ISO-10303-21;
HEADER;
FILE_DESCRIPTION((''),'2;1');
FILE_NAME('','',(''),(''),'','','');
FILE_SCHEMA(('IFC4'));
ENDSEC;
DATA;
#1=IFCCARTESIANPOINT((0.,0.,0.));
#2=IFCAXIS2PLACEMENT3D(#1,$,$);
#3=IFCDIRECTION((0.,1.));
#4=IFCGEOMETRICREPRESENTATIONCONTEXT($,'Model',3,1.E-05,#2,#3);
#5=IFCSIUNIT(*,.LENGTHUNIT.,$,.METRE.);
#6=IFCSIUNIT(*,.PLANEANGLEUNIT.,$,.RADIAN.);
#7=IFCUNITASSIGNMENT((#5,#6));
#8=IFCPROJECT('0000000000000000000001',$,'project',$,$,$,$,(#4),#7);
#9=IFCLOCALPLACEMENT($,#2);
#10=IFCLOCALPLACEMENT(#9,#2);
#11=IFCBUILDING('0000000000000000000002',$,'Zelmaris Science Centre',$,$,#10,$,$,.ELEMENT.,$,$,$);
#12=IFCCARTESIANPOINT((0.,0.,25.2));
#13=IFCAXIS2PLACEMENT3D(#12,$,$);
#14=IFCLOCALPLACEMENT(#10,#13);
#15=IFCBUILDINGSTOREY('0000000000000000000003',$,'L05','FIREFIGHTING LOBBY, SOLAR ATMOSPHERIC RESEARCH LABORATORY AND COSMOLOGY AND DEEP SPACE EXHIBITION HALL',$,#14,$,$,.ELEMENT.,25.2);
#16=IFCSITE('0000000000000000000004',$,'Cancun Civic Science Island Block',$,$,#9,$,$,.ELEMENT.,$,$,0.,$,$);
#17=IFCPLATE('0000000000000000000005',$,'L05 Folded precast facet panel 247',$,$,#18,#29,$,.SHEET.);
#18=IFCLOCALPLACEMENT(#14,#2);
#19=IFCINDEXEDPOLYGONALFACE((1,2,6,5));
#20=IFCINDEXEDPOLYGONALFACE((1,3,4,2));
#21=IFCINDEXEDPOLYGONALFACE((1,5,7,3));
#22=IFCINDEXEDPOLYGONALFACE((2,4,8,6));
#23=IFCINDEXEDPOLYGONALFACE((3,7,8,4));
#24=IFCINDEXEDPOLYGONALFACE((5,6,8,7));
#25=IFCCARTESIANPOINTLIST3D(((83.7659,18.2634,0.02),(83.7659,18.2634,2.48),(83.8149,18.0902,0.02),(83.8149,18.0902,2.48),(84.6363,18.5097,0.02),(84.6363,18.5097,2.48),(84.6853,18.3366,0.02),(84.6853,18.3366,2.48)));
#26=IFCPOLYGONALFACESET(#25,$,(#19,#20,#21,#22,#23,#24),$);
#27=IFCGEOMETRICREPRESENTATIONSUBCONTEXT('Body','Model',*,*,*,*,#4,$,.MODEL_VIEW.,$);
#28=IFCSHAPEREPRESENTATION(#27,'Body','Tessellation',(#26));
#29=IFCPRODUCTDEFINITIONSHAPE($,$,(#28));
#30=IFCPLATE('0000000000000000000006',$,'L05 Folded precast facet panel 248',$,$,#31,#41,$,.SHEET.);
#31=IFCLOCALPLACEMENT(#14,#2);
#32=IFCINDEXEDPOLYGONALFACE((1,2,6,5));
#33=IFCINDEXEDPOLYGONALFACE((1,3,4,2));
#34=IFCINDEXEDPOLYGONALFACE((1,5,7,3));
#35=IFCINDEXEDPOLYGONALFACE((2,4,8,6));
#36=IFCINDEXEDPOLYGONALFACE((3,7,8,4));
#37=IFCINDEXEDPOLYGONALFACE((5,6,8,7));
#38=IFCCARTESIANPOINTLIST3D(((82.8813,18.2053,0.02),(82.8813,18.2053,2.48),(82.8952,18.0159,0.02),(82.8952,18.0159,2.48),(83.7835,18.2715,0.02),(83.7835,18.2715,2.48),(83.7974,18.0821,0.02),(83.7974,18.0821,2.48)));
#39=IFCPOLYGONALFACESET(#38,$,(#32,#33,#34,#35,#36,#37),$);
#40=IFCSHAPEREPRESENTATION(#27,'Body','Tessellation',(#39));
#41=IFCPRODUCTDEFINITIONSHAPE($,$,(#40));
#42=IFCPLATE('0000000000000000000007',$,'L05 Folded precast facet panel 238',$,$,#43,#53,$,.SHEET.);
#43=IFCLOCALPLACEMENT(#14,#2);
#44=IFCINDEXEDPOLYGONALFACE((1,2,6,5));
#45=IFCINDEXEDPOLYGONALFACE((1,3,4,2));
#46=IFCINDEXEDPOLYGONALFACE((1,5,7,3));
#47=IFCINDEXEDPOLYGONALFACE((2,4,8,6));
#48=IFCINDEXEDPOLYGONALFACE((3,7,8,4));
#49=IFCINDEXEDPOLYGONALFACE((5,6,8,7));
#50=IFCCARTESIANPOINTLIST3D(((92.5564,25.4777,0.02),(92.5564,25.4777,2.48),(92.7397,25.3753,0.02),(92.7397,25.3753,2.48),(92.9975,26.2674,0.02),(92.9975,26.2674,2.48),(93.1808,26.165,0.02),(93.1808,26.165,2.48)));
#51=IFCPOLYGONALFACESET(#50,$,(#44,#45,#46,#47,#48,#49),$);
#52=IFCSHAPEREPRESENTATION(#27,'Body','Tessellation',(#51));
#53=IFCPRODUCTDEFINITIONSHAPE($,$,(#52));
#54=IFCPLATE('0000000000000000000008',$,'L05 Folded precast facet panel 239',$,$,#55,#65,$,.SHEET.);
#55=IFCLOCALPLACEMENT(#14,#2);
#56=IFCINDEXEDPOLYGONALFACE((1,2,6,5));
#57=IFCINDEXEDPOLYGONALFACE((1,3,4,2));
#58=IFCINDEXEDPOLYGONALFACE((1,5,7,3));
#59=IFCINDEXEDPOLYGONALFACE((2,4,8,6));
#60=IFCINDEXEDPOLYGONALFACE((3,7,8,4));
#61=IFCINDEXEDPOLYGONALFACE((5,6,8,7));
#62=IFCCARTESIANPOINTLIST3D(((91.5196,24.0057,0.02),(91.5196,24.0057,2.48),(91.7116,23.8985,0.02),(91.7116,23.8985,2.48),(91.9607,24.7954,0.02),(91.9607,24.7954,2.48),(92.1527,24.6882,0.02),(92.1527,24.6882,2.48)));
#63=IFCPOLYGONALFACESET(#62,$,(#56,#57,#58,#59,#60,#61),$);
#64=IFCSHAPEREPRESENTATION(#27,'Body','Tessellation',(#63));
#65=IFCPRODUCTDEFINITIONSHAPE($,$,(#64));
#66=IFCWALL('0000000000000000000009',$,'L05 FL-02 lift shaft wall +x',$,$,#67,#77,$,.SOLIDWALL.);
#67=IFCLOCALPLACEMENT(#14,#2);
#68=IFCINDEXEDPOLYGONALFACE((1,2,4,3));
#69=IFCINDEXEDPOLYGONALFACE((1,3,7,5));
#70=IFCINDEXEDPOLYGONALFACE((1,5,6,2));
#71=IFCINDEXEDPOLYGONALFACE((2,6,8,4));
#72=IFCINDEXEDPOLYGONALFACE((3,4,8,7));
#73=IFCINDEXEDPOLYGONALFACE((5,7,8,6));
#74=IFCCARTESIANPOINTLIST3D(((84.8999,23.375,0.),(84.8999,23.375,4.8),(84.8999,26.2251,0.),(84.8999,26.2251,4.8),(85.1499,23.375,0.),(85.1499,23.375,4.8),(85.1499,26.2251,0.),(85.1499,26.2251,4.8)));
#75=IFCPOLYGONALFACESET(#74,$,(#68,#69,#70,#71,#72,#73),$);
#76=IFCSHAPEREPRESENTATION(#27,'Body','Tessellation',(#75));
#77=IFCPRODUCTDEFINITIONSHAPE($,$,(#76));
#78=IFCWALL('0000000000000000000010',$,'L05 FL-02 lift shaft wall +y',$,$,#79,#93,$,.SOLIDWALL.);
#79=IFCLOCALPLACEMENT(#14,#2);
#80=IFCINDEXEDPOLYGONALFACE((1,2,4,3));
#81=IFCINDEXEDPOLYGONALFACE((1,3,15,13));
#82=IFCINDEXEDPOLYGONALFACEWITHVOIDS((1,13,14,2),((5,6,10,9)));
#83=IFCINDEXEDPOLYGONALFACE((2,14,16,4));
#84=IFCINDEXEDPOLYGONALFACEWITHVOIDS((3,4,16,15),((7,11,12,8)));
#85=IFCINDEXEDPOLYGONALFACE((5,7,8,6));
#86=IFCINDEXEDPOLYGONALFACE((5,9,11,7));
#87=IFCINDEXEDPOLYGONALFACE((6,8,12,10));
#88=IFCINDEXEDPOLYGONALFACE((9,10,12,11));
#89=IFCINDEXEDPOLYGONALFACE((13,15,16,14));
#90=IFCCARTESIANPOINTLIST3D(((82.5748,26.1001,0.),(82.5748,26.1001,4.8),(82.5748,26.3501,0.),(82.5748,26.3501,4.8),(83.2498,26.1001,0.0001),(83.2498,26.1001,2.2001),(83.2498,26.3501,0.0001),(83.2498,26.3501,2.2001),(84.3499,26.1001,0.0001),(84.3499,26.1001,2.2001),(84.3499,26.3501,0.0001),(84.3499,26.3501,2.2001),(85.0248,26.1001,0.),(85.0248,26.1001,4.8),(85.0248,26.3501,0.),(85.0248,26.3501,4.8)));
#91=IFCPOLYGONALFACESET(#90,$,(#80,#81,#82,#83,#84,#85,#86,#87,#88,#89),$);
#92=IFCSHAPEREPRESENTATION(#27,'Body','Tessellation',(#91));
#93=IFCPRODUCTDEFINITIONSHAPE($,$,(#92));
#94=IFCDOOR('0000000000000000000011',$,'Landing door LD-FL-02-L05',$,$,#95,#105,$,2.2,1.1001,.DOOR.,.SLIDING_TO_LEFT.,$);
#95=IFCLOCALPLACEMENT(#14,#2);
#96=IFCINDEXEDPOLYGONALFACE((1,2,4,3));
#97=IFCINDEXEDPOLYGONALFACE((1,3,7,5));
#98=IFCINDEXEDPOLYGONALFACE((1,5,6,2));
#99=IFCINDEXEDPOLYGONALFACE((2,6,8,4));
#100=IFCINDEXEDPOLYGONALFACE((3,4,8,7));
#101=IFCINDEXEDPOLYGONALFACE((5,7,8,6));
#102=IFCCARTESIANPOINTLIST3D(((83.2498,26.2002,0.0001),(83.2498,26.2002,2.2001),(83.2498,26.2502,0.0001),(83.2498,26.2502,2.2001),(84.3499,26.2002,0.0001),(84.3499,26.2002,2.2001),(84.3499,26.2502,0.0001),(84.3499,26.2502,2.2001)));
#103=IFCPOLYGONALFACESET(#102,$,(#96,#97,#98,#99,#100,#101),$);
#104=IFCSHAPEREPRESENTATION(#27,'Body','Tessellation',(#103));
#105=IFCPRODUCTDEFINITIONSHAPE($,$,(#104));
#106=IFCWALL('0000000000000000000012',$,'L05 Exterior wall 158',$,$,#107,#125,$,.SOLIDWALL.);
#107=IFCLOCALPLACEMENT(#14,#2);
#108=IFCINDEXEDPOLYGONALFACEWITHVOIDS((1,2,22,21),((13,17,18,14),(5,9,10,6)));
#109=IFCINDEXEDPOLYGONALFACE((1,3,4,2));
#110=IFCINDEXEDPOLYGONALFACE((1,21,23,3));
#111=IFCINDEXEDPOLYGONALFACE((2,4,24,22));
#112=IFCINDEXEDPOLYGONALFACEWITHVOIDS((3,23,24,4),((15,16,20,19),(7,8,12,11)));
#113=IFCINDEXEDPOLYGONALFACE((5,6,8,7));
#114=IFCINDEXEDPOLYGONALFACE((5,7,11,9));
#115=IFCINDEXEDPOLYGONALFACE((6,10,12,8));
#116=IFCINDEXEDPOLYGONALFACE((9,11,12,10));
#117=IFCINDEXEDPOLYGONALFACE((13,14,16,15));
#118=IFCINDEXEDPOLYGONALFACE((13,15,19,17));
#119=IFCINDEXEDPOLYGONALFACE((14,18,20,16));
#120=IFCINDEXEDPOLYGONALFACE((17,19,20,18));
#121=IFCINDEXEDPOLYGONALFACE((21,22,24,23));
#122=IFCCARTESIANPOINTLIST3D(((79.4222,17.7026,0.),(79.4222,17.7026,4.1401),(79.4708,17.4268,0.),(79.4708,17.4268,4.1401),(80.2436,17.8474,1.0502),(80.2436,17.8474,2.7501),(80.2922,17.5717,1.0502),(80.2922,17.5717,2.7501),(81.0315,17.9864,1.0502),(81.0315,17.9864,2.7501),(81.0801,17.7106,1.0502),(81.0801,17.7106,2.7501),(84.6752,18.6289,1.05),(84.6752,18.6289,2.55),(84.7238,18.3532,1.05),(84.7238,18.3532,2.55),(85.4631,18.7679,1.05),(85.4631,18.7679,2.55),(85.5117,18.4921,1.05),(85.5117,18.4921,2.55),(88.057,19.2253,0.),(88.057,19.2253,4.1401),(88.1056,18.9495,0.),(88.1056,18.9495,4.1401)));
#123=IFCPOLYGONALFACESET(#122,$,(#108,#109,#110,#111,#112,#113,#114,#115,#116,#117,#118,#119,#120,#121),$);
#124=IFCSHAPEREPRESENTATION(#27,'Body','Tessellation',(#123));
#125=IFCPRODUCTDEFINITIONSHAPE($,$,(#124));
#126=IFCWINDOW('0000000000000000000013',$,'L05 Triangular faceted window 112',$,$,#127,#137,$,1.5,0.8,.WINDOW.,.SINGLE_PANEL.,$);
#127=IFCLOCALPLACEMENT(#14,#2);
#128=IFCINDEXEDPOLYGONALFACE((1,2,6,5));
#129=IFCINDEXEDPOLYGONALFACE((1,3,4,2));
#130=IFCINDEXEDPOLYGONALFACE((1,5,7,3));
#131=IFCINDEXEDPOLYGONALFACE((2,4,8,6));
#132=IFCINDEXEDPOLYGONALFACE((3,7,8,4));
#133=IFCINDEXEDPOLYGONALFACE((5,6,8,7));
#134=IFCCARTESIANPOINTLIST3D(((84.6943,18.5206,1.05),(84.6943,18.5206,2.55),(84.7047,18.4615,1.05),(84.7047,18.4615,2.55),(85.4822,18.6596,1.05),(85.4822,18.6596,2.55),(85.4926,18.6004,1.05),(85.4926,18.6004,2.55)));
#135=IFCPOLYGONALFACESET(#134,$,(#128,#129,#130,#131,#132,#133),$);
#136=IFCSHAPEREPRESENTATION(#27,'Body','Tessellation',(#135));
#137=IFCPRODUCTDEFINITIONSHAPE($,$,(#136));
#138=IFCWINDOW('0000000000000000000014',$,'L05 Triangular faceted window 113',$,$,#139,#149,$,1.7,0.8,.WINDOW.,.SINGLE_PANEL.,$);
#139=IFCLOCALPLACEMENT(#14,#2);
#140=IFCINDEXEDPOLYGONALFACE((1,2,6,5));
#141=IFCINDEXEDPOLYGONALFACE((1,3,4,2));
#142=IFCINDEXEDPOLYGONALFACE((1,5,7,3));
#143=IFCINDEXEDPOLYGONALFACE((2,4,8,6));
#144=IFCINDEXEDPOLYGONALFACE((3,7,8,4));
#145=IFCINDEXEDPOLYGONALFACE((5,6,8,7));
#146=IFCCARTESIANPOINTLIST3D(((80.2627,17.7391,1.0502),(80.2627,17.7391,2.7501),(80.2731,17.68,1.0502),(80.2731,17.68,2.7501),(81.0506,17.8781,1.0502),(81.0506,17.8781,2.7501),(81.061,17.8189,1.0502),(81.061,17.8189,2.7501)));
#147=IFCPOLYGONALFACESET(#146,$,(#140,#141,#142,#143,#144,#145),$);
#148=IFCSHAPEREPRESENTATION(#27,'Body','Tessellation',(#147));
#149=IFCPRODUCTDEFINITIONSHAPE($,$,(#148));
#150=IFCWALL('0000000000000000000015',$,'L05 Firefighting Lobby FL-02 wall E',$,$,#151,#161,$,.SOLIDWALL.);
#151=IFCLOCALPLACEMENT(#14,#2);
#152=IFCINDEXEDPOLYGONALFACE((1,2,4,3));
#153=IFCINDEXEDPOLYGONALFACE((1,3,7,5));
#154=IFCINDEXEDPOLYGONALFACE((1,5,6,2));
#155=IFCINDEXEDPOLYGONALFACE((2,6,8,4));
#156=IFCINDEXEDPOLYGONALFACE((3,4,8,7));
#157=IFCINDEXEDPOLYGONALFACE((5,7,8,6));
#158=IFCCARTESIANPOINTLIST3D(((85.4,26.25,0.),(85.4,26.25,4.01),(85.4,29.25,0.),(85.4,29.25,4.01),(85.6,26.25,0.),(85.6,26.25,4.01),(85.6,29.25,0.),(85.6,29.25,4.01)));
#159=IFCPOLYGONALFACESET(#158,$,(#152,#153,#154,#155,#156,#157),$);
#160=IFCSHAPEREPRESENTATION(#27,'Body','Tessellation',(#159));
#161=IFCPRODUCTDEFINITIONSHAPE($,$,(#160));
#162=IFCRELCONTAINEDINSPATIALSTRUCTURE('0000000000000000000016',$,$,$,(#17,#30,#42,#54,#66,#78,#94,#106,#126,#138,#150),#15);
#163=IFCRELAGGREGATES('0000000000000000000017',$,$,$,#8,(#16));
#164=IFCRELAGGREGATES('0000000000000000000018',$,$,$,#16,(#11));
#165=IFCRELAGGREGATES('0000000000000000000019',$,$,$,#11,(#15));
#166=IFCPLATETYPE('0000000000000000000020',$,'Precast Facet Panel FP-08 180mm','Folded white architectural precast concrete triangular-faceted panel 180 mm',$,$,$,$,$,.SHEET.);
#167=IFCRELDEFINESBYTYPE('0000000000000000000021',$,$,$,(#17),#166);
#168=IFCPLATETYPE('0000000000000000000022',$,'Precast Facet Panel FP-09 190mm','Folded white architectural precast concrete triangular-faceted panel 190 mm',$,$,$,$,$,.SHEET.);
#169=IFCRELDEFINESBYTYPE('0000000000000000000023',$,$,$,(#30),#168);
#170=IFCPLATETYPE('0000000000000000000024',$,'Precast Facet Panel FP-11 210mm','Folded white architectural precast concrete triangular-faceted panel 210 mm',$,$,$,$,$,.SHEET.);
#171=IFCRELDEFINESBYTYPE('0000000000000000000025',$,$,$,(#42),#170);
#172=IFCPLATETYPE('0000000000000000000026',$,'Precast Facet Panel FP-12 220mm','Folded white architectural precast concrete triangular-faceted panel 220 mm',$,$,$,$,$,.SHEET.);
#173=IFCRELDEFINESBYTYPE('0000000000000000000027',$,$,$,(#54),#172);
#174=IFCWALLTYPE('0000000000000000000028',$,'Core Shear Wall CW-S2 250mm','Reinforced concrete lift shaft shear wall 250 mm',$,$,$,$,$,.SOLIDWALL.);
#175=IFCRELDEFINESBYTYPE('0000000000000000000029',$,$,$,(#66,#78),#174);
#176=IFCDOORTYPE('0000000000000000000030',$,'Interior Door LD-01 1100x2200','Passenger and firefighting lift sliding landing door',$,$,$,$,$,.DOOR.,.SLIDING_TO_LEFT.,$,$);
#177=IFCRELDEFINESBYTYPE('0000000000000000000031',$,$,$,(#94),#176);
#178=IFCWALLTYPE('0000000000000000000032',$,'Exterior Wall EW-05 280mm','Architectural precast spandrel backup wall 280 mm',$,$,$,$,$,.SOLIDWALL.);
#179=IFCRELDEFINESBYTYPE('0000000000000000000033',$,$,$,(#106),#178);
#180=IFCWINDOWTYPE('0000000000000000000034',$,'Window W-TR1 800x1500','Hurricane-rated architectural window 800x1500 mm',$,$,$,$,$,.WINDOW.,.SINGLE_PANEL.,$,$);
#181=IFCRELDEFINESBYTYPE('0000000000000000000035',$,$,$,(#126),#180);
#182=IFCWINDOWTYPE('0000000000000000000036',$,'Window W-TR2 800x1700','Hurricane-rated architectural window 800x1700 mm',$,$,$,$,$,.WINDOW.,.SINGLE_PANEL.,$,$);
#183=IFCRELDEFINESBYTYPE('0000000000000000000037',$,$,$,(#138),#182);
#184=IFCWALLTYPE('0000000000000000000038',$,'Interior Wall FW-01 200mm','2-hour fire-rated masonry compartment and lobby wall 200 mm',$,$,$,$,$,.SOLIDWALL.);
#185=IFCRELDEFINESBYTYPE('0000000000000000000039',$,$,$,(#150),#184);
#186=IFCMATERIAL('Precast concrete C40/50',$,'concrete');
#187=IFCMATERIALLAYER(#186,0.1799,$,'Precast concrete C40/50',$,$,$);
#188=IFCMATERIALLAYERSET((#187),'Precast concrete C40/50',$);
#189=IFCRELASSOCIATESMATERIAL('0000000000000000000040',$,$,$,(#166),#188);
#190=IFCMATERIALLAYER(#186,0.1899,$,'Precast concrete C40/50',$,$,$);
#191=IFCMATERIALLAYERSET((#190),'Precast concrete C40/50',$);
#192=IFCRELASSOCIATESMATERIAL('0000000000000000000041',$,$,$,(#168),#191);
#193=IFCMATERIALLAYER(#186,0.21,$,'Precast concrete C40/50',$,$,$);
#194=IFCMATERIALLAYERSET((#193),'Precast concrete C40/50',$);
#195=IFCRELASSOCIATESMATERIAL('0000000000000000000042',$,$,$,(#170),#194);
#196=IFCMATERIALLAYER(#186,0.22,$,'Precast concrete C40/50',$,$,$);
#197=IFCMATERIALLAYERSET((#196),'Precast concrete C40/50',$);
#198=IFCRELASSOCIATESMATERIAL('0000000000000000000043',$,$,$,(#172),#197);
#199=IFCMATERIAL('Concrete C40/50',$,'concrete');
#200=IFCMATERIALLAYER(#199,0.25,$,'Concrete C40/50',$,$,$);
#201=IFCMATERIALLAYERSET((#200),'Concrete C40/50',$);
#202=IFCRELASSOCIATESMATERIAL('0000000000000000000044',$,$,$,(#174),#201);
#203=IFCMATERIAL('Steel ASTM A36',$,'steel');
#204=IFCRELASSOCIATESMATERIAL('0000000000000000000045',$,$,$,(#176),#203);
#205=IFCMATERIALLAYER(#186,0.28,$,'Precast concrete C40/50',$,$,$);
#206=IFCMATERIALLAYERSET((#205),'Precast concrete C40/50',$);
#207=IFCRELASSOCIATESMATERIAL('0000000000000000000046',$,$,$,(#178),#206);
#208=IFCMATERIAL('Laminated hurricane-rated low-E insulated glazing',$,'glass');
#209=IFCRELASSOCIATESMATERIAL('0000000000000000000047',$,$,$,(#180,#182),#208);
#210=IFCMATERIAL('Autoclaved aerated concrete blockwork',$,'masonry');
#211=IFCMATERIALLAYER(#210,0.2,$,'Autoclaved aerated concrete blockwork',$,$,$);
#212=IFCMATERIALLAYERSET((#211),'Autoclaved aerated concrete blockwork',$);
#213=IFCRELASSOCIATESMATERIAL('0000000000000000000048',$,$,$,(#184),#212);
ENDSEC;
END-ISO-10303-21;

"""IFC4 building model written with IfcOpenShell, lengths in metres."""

from ifc_helpers import new_model, si_unit, direction, frame, frame_2d, origin, place, context, subcontext, project, spatial, rectangle, extrude, material, layer, layer_set, type_object, element, fill, save


model = new_model("IFC4")

# Units and contexts
model_context = context("Model", 3, precision=1e-05, world=origin(), true_north=direction((0.0, 1.0)))
body_context = subcontext(model_context, "Body", "Model", "MODEL_VIEW")
ifc_project = project(units=[si_unit("LENGTHUNIT", "METRE"), si_unit("PLANEANGLEUNIT", "RADIAN")], contexts=[model_context])

# Site, building, storey
site_placement = place(None, origin())
site = spatial("IfcSite", under=ifc_project, at=site_placement, Name="Cancun Civic Science Island Block", CompositionType="ELEMENT", RefElevation=0.0)
building_placement = place(site_placement, origin())
building = spatial("IfcBuilding", under=site, at=building_placement, Name="Zelmaris Science Centre", CompositionType="ELEMENT")
storey_placement = place(building_placement, frame((0.0, 0.0, 25.2)))
storey = spatial("IfcBuildingStorey", under=building, at=storey_placement, Name="L05", Description="FIREFIGHTING LOBBY, SOLAR ATMOSPHERIC RESEARCH LABORATORY AND COSMOLOGY AND DEEP SPACE EXHIBITION HALL", CompositionType="ELEMENT", Elevation=25.2)

# Shared definitions
ifc_material_1 = material(Name="Laminated hurricane-rated low-E insulated glazing", Category="glass")

# Plates
ifc_material_2 = material(Name="Precast concrete C40/50", Category="concrete")
ifc_layer_1 = layer(ifc_material_2, 0.1799, Name="Precast concrete C40/50")
ifc_layer_set_1 = layer_set([ifc_layer_1], Name="Precast concrete C40/50")
plate_type_1 = type_object("IfcPlateType", Name="Precast Facet Panel FP-08 180mm", Description="Folded white architectural precast concrete triangular-faceted panel 180 mm", PredefinedType="SHEET", material=ifc_layer_set_1)
plate_1_placement = place(storey_placement, frame((84.6606, 18.4231, 0.02), z_axis=(0.0, 0.0, 1.0), x_axis=(-0.962203, -0.272332, 0.0)))
element("IfcPlate", 1, at=plate_1_placement, inside=storey, type_object=plate_type_1, Name="L05 Folded precast facet panel 247", PredefinedType="SHEET", context=body_context, shape_type="SweptSolid", body=[
    extrude(rectangle(XDim=0.9045, YDim=0.1799, at=frame_2d((0.4521, 0.0))), origin(), (0.0, 0.0, 1.0), 2.46),
])
ifc_layer_2 = layer(ifc_material_2, 0.1899, Name="Precast concrete C40/50")
ifc_layer_set_2 = layer_set([ifc_layer_2], Name="Precast concrete C40/50")
plate_type_2 = type_object("IfcPlateType", Name="Precast Facet Panel FP-09 190mm", Description="Folded white architectural precast concrete triangular-faceted panel 190 mm", PredefinedType="SHEET", material=ifc_layer_set_2)
plate_2_placement = place(storey_placement, frame((83.7903, 18.1768, 0.02), z_axis=(0.0, 0.0, 1.0), x_axis=(-0.997321, -0.073146, 0.0)))
element("IfcPlate", 2, at=plate_2_placement, inside=storey, type_object=plate_type_2, Name="L05 Folded precast facet panel 248", PredefinedType="SHEET", context=body_context, shape_type="SweptSolid", body=[
    extrude(rectangle(XDim=0.9045, YDim=0.1899, at=frame_2d((0.4521, 0.0))), origin(), (0.0, 0.0, 1.0), 2.46),
])
ifc_layer_3 = layer(ifc_material_2, 0.21, Name="Precast concrete C40/50")
ifc_layer_set_3 = layer_set([ifc_layer_3], Name="Precast concrete C40/50")
plate_type_3 = type_object("IfcPlateType", Name="Precast Facet Panel FP-11 210mm", Description="Folded white architectural precast concrete triangular-faceted panel 210 mm", PredefinedType="SHEET", material=ifc_layer_set_3)
plate_3_placement = place(storey_placement, frame((93.0891, 26.2161, 0.02), z_axis=(0.0, 0.0, 1.0), x_axis=(-0.487658, -0.873035, 0.0)))
element("IfcPlate", 3, at=plate_3_placement, inside=storey, type_object=plate_type_3, Name="L05 Folded precast facet panel 238", PredefinedType="SHEET", context=body_context, shape_type="SweptSolid", body=[
    extrude(rectangle(XDim=0.9045, YDim=0.21, at=frame_2d((0.4521, 0.0))), origin(), (0.0, 0.0, 1.0), 2.46),
])
ifc_layer_4 = layer(ifc_material_2, 0.22, Name="Precast concrete C40/50")
ifc_layer_set_4 = layer_set([ifc_layer_4], Name="Precast concrete C40/50")
plate_type_4 = type_object("IfcPlateType", Name="Precast Facet Panel FP-12 220mm", Description="Folded white architectural precast concrete triangular-faceted panel 220 mm", PredefinedType="SHEET", material=ifc_layer_set_4)
plate_4_placement = place(storey_placement, frame((92.0566, 24.7417, 0.02), z_axis=(0.0, 0.0, 1.0), x_axis=(-0.487658, -0.873035, 0.0)))
element("IfcPlate", 4, at=plate_4_placement, inside=storey, type_object=plate_type_4, Name="L05 Folded precast facet panel 239", PredefinedType="SHEET", context=body_context, shape_type="SweptSolid", body=[
    extrude(rectangle(XDim=0.9045, YDim=0.22, at=frame_2d((0.4521, 0.0))), origin(), (0.0, 0.0, 1.0), 2.46),
])

# Wall
ifc_material_3 = material(Name="Concrete C40/50", Category="concrete")
ifc_layer_5 = layer(ifc_material_3, 0.25, Name="Concrete C40/50")
ifc_layer_set_5 = layer_set([ifc_layer_5], Name="Concrete C40/50")
wall_type_1 = type_object("IfcWallType", Name="Core Shear Wall CW-S2 250mm", Description="Reinforced concrete lift shaft shear wall 250 mm", PredefinedType="SOLIDWALL", material=ifc_layer_set_5)
wall_1_placement = place(storey_placement, frame((85.0249, 23.375, 0.0), z_axis=(0.0, 0.0, 1.0), x_axis=(0.0, 1.0, 0.0)))
element("IfcWall", 5, at=wall_1_placement, inside=storey, type_object=wall_type_1, Name="L05 FL-02 lift shaft wall +x", PredefinedType="SOLIDWALL", context=body_context, shape_type="SweptSolid", body=[
    extrude(rectangle(XDim=2.8501, YDim=0.25, at=frame_2d((1.425, 0.0))), origin(), (0.0, 0.0, 1.0), 4.8),
])

# Wall, opening, door
wall_2_placement = place(storey_placement, frame((85.0249, 26.2251, 0.0), z_axis=(0.0, 0.0, 1.0), x_axis=(-1.0, 0.0, 0.0)))
wall_2 = element("IfcWall", 6, at=wall_2_placement, inside=storey, type_object=wall_type_1, Name="L05 FL-02 lift shaft wall +y", PredefinedType="SOLIDWALL", context=body_context, shape_type="SweptSolid", body=[
    extrude(rectangle(XDim=2.45, YDim=0.25, at=frame_2d((1.2251, 0.0))), origin(), (0.0, 0.0, 1.0), 4.8),
])
opening_1_placement = place(wall_2_placement, frame((0.675, 0.0, 0.0)))
opening_1 = element("IfcOpeningElement", 7, at=opening_1_placement, cuts=wall_2, PredefinedType="OPENING", context=body_context, shape_type="SweptSolid", body=[
    extrude(rectangle(XDim=1.1001, YDim=2.2, at=frame_2d((0.55, 1.1001))), frame((0.0, 0.135, 0.0), z_axis=(0.0, -1.0, 0.0), x_axis=(1.0, 0.0, 0.0)), (0.0, 0.0, 1.0), 0.27),
])
ifc_material_4 = material(Name="Steel ASTM A36", Category="steel")
door_type = type_object("IfcDoorType", Name="Interior Door LD-01 1100x2200", Description="Passenger and firefighting lift sliding landing door", OperationType="SLIDING_TO_LEFT", PredefinedType="DOOR", material=ifc_material_4)
door_placement = place(opening_1_placement, origin())
door = element("IfcDoor", 8, at=door_placement, inside=storey, type_object=door_type, Name="Landing door LD-FL-02-L05", OperationType="SLIDING_TO_LEFT", OverallHeight=2.2, OverallWidth=1.1001, PredefinedType="DOOR", context=body_context, shape_type="SweptSolid", body=[
    extrude(rectangle(XDim=1.1001, YDim=2.2, at=frame_2d((0.55, 1.1001))), frame((0.0, 0.0249, 0.0), z_axis=(0.0, -1.0, 0.0), x_axis=(1.0, 0.0, 0.0)), (0.0, 0.0, 1.0), 0.05),
])
fill(opening_1, door)

# Wall, openings, windows
ifc_layer_6 = layer(ifc_material_2, 0.28, Name="Precast concrete C40/50")
ifc_layer_set_6 = layer_set([ifc_layer_6], Name="Precast concrete C40/50")
wall_type_2 = type_object("IfcWallType", Name="Exterior Wall EW-05 280mm", Description="Architectural precast spandrel backup wall 280 mm", PredefinedType="SOLIDWALL", material=ifc_layer_set_6)
wall_3_placement = place(storey_placement, frame((88.0813, 19.0874, 0.0), z_axis=(0.0, 0.0, 1.0), x_axis=(-0.984805, -0.173666, 0.0)))
wall_3 = element("IfcWall", 9, at=wall_3_placement, inside=storey, type_object=wall_type_2, Name="L05 Exterior wall 158", PredefinedType="SOLIDWALL", context=body_context, shape_type="SweptSolid", body=[
    extrude(rectangle(XDim=8.7681, YDim=0.28, at=frame_2d((4.384, 0.0))), origin(), (0.0, 0.0, 1.0), 4.1401),
])
opening_2_placement = place(wall_3_placement, frame((2.634, 0.0, 1.05)))
opening_2 = element("IfcOpeningElement", 10, at=opening_2_placement, cuts=wall_3, PredefinedType="OPENING", context=body_context, shape_type="SweptSolid", body=[
    extrude(rectangle(XDim=0.8, YDim=1.5, at=frame_2d((0.3999, 0.75))), frame((0.0, 0.1499, 0.0), z_axis=(0.0, -1.0, 0.0), x_axis=(1.0, 0.0, 0.0)), (0.0, 0.0, 1.0), 0.3),
])
opening_3_placement = place(wall_3_placement, frame((7.134, 0.0, 1.05)))
opening_3 = element("IfcOpeningElement", 11, at=opening_3_placement, cuts=wall_3, PredefinedType="OPENING", context=body_context, shape_type="SweptSolid", body=[
    extrude(rectangle(XDim=0.8, YDim=1.7, at=frame_2d((0.3999, 0.8501))), frame((0.0, 0.1499, 0.0), z_axis=(0.0, -1.0, 0.0), x_axis=(1.0, 0.0, 0.0)), (0.0, 0.0, 1.0), 0.3),
])
window_type_1 = type_object("IfcWindowType", Name="Window W-TR1 800x1500", Description="Hurricane-rated architectural window 800x1500 mm", PartitioningType="SINGLE_PANEL", PredefinedType="WINDOW", material=ifc_material_1)
window_1_placement = place(opening_2_placement, origin())
window_1 = element("IfcWindow", 12, at=window_1_placement, inside=storey, type_object=window_type_1, Name="L05 Triangular faceted window 112", OverallHeight=1.5, OverallWidth=0.8, PartitioningType="SINGLE_PANEL", PredefinedType="WINDOW", context=body_context, shape_type="SweptSolid", body=[
    extrude(rectangle(XDim=0.8, YDim=1.5, at=frame_2d((0.3999, 0.75))), frame((0.0, 0.03, 0.0), z_axis=(0.0, -1.0, 0.0), x_axis=(1.0, 0.0, 0.0)), (0.0, 0.0, 1.0), 0.0601),
])
fill(opening_2, window_1)
window_type_2 = type_object("IfcWindowType", Name="Window W-TR2 800x1700", Description="Hurricane-rated architectural window 800x1700 mm", PartitioningType="SINGLE_PANEL", PredefinedType="WINDOW", material=ifc_material_1)
window_2_placement = place(opening_3_placement, origin())
window_2 = element("IfcWindow", 13, at=window_2_placement, inside=storey, type_object=window_type_2, Name="L05 Triangular faceted window 113", OverallHeight=1.7, OverallWidth=0.8, PartitioningType="SINGLE_PANEL", PredefinedType="WINDOW", context=body_context, shape_type="SweptSolid", body=[
    extrude(rectangle(XDim=0.8, YDim=1.7, at=frame_2d((0.3999, 0.8501))), frame((0.0, 0.03, 0.0), z_axis=(0.0, -1.0, 0.0), x_axis=(1.0, 0.0, 0.0)), (0.0, 0.0, 1.0), 0.0601),
])
fill(opening_3, window_2)

# Wall
ifc_material_5 = material(Name="Autoclaved aerated concrete blockwork", Category="masonry")
ifc_layer_7 = layer(ifc_material_5, 0.2, Name="Autoclaved aerated concrete blockwork")
ifc_layer_set_7 = layer_set([ifc_layer_7], Name="Autoclaved aerated concrete blockwork")
wall_type_3 = type_object("IfcWallType", Name="Interior Wall FW-01 200mm", Description="2-hour fire-rated masonry compartment and lobby wall 200 mm", PredefinedType="SOLIDWALL", material=ifc_layer_set_7)
wall_4_placement = place(storey_placement, frame((85.5, 26.25, 0.0), z_axis=(0.0, 0.0, 1.0), x_axis=(0.0, 1.0, 0.0)))
element("IfcWall", 14, at=wall_4_placement, inside=storey, type_object=wall_type_3, Name="L05 Firefighting Lobby FL-02 wall E", PredefinedType="SOLIDWALL", context=body_context, shape_type="SweptSolid", body=[
    extrude(rectangle(XDim=3.0, YDim=0.2, at=frame_2d((1.5, 0.0))), origin(), (0.0, 0.0, 1.0), 4.01),
])

save(model, "model.ifc")
